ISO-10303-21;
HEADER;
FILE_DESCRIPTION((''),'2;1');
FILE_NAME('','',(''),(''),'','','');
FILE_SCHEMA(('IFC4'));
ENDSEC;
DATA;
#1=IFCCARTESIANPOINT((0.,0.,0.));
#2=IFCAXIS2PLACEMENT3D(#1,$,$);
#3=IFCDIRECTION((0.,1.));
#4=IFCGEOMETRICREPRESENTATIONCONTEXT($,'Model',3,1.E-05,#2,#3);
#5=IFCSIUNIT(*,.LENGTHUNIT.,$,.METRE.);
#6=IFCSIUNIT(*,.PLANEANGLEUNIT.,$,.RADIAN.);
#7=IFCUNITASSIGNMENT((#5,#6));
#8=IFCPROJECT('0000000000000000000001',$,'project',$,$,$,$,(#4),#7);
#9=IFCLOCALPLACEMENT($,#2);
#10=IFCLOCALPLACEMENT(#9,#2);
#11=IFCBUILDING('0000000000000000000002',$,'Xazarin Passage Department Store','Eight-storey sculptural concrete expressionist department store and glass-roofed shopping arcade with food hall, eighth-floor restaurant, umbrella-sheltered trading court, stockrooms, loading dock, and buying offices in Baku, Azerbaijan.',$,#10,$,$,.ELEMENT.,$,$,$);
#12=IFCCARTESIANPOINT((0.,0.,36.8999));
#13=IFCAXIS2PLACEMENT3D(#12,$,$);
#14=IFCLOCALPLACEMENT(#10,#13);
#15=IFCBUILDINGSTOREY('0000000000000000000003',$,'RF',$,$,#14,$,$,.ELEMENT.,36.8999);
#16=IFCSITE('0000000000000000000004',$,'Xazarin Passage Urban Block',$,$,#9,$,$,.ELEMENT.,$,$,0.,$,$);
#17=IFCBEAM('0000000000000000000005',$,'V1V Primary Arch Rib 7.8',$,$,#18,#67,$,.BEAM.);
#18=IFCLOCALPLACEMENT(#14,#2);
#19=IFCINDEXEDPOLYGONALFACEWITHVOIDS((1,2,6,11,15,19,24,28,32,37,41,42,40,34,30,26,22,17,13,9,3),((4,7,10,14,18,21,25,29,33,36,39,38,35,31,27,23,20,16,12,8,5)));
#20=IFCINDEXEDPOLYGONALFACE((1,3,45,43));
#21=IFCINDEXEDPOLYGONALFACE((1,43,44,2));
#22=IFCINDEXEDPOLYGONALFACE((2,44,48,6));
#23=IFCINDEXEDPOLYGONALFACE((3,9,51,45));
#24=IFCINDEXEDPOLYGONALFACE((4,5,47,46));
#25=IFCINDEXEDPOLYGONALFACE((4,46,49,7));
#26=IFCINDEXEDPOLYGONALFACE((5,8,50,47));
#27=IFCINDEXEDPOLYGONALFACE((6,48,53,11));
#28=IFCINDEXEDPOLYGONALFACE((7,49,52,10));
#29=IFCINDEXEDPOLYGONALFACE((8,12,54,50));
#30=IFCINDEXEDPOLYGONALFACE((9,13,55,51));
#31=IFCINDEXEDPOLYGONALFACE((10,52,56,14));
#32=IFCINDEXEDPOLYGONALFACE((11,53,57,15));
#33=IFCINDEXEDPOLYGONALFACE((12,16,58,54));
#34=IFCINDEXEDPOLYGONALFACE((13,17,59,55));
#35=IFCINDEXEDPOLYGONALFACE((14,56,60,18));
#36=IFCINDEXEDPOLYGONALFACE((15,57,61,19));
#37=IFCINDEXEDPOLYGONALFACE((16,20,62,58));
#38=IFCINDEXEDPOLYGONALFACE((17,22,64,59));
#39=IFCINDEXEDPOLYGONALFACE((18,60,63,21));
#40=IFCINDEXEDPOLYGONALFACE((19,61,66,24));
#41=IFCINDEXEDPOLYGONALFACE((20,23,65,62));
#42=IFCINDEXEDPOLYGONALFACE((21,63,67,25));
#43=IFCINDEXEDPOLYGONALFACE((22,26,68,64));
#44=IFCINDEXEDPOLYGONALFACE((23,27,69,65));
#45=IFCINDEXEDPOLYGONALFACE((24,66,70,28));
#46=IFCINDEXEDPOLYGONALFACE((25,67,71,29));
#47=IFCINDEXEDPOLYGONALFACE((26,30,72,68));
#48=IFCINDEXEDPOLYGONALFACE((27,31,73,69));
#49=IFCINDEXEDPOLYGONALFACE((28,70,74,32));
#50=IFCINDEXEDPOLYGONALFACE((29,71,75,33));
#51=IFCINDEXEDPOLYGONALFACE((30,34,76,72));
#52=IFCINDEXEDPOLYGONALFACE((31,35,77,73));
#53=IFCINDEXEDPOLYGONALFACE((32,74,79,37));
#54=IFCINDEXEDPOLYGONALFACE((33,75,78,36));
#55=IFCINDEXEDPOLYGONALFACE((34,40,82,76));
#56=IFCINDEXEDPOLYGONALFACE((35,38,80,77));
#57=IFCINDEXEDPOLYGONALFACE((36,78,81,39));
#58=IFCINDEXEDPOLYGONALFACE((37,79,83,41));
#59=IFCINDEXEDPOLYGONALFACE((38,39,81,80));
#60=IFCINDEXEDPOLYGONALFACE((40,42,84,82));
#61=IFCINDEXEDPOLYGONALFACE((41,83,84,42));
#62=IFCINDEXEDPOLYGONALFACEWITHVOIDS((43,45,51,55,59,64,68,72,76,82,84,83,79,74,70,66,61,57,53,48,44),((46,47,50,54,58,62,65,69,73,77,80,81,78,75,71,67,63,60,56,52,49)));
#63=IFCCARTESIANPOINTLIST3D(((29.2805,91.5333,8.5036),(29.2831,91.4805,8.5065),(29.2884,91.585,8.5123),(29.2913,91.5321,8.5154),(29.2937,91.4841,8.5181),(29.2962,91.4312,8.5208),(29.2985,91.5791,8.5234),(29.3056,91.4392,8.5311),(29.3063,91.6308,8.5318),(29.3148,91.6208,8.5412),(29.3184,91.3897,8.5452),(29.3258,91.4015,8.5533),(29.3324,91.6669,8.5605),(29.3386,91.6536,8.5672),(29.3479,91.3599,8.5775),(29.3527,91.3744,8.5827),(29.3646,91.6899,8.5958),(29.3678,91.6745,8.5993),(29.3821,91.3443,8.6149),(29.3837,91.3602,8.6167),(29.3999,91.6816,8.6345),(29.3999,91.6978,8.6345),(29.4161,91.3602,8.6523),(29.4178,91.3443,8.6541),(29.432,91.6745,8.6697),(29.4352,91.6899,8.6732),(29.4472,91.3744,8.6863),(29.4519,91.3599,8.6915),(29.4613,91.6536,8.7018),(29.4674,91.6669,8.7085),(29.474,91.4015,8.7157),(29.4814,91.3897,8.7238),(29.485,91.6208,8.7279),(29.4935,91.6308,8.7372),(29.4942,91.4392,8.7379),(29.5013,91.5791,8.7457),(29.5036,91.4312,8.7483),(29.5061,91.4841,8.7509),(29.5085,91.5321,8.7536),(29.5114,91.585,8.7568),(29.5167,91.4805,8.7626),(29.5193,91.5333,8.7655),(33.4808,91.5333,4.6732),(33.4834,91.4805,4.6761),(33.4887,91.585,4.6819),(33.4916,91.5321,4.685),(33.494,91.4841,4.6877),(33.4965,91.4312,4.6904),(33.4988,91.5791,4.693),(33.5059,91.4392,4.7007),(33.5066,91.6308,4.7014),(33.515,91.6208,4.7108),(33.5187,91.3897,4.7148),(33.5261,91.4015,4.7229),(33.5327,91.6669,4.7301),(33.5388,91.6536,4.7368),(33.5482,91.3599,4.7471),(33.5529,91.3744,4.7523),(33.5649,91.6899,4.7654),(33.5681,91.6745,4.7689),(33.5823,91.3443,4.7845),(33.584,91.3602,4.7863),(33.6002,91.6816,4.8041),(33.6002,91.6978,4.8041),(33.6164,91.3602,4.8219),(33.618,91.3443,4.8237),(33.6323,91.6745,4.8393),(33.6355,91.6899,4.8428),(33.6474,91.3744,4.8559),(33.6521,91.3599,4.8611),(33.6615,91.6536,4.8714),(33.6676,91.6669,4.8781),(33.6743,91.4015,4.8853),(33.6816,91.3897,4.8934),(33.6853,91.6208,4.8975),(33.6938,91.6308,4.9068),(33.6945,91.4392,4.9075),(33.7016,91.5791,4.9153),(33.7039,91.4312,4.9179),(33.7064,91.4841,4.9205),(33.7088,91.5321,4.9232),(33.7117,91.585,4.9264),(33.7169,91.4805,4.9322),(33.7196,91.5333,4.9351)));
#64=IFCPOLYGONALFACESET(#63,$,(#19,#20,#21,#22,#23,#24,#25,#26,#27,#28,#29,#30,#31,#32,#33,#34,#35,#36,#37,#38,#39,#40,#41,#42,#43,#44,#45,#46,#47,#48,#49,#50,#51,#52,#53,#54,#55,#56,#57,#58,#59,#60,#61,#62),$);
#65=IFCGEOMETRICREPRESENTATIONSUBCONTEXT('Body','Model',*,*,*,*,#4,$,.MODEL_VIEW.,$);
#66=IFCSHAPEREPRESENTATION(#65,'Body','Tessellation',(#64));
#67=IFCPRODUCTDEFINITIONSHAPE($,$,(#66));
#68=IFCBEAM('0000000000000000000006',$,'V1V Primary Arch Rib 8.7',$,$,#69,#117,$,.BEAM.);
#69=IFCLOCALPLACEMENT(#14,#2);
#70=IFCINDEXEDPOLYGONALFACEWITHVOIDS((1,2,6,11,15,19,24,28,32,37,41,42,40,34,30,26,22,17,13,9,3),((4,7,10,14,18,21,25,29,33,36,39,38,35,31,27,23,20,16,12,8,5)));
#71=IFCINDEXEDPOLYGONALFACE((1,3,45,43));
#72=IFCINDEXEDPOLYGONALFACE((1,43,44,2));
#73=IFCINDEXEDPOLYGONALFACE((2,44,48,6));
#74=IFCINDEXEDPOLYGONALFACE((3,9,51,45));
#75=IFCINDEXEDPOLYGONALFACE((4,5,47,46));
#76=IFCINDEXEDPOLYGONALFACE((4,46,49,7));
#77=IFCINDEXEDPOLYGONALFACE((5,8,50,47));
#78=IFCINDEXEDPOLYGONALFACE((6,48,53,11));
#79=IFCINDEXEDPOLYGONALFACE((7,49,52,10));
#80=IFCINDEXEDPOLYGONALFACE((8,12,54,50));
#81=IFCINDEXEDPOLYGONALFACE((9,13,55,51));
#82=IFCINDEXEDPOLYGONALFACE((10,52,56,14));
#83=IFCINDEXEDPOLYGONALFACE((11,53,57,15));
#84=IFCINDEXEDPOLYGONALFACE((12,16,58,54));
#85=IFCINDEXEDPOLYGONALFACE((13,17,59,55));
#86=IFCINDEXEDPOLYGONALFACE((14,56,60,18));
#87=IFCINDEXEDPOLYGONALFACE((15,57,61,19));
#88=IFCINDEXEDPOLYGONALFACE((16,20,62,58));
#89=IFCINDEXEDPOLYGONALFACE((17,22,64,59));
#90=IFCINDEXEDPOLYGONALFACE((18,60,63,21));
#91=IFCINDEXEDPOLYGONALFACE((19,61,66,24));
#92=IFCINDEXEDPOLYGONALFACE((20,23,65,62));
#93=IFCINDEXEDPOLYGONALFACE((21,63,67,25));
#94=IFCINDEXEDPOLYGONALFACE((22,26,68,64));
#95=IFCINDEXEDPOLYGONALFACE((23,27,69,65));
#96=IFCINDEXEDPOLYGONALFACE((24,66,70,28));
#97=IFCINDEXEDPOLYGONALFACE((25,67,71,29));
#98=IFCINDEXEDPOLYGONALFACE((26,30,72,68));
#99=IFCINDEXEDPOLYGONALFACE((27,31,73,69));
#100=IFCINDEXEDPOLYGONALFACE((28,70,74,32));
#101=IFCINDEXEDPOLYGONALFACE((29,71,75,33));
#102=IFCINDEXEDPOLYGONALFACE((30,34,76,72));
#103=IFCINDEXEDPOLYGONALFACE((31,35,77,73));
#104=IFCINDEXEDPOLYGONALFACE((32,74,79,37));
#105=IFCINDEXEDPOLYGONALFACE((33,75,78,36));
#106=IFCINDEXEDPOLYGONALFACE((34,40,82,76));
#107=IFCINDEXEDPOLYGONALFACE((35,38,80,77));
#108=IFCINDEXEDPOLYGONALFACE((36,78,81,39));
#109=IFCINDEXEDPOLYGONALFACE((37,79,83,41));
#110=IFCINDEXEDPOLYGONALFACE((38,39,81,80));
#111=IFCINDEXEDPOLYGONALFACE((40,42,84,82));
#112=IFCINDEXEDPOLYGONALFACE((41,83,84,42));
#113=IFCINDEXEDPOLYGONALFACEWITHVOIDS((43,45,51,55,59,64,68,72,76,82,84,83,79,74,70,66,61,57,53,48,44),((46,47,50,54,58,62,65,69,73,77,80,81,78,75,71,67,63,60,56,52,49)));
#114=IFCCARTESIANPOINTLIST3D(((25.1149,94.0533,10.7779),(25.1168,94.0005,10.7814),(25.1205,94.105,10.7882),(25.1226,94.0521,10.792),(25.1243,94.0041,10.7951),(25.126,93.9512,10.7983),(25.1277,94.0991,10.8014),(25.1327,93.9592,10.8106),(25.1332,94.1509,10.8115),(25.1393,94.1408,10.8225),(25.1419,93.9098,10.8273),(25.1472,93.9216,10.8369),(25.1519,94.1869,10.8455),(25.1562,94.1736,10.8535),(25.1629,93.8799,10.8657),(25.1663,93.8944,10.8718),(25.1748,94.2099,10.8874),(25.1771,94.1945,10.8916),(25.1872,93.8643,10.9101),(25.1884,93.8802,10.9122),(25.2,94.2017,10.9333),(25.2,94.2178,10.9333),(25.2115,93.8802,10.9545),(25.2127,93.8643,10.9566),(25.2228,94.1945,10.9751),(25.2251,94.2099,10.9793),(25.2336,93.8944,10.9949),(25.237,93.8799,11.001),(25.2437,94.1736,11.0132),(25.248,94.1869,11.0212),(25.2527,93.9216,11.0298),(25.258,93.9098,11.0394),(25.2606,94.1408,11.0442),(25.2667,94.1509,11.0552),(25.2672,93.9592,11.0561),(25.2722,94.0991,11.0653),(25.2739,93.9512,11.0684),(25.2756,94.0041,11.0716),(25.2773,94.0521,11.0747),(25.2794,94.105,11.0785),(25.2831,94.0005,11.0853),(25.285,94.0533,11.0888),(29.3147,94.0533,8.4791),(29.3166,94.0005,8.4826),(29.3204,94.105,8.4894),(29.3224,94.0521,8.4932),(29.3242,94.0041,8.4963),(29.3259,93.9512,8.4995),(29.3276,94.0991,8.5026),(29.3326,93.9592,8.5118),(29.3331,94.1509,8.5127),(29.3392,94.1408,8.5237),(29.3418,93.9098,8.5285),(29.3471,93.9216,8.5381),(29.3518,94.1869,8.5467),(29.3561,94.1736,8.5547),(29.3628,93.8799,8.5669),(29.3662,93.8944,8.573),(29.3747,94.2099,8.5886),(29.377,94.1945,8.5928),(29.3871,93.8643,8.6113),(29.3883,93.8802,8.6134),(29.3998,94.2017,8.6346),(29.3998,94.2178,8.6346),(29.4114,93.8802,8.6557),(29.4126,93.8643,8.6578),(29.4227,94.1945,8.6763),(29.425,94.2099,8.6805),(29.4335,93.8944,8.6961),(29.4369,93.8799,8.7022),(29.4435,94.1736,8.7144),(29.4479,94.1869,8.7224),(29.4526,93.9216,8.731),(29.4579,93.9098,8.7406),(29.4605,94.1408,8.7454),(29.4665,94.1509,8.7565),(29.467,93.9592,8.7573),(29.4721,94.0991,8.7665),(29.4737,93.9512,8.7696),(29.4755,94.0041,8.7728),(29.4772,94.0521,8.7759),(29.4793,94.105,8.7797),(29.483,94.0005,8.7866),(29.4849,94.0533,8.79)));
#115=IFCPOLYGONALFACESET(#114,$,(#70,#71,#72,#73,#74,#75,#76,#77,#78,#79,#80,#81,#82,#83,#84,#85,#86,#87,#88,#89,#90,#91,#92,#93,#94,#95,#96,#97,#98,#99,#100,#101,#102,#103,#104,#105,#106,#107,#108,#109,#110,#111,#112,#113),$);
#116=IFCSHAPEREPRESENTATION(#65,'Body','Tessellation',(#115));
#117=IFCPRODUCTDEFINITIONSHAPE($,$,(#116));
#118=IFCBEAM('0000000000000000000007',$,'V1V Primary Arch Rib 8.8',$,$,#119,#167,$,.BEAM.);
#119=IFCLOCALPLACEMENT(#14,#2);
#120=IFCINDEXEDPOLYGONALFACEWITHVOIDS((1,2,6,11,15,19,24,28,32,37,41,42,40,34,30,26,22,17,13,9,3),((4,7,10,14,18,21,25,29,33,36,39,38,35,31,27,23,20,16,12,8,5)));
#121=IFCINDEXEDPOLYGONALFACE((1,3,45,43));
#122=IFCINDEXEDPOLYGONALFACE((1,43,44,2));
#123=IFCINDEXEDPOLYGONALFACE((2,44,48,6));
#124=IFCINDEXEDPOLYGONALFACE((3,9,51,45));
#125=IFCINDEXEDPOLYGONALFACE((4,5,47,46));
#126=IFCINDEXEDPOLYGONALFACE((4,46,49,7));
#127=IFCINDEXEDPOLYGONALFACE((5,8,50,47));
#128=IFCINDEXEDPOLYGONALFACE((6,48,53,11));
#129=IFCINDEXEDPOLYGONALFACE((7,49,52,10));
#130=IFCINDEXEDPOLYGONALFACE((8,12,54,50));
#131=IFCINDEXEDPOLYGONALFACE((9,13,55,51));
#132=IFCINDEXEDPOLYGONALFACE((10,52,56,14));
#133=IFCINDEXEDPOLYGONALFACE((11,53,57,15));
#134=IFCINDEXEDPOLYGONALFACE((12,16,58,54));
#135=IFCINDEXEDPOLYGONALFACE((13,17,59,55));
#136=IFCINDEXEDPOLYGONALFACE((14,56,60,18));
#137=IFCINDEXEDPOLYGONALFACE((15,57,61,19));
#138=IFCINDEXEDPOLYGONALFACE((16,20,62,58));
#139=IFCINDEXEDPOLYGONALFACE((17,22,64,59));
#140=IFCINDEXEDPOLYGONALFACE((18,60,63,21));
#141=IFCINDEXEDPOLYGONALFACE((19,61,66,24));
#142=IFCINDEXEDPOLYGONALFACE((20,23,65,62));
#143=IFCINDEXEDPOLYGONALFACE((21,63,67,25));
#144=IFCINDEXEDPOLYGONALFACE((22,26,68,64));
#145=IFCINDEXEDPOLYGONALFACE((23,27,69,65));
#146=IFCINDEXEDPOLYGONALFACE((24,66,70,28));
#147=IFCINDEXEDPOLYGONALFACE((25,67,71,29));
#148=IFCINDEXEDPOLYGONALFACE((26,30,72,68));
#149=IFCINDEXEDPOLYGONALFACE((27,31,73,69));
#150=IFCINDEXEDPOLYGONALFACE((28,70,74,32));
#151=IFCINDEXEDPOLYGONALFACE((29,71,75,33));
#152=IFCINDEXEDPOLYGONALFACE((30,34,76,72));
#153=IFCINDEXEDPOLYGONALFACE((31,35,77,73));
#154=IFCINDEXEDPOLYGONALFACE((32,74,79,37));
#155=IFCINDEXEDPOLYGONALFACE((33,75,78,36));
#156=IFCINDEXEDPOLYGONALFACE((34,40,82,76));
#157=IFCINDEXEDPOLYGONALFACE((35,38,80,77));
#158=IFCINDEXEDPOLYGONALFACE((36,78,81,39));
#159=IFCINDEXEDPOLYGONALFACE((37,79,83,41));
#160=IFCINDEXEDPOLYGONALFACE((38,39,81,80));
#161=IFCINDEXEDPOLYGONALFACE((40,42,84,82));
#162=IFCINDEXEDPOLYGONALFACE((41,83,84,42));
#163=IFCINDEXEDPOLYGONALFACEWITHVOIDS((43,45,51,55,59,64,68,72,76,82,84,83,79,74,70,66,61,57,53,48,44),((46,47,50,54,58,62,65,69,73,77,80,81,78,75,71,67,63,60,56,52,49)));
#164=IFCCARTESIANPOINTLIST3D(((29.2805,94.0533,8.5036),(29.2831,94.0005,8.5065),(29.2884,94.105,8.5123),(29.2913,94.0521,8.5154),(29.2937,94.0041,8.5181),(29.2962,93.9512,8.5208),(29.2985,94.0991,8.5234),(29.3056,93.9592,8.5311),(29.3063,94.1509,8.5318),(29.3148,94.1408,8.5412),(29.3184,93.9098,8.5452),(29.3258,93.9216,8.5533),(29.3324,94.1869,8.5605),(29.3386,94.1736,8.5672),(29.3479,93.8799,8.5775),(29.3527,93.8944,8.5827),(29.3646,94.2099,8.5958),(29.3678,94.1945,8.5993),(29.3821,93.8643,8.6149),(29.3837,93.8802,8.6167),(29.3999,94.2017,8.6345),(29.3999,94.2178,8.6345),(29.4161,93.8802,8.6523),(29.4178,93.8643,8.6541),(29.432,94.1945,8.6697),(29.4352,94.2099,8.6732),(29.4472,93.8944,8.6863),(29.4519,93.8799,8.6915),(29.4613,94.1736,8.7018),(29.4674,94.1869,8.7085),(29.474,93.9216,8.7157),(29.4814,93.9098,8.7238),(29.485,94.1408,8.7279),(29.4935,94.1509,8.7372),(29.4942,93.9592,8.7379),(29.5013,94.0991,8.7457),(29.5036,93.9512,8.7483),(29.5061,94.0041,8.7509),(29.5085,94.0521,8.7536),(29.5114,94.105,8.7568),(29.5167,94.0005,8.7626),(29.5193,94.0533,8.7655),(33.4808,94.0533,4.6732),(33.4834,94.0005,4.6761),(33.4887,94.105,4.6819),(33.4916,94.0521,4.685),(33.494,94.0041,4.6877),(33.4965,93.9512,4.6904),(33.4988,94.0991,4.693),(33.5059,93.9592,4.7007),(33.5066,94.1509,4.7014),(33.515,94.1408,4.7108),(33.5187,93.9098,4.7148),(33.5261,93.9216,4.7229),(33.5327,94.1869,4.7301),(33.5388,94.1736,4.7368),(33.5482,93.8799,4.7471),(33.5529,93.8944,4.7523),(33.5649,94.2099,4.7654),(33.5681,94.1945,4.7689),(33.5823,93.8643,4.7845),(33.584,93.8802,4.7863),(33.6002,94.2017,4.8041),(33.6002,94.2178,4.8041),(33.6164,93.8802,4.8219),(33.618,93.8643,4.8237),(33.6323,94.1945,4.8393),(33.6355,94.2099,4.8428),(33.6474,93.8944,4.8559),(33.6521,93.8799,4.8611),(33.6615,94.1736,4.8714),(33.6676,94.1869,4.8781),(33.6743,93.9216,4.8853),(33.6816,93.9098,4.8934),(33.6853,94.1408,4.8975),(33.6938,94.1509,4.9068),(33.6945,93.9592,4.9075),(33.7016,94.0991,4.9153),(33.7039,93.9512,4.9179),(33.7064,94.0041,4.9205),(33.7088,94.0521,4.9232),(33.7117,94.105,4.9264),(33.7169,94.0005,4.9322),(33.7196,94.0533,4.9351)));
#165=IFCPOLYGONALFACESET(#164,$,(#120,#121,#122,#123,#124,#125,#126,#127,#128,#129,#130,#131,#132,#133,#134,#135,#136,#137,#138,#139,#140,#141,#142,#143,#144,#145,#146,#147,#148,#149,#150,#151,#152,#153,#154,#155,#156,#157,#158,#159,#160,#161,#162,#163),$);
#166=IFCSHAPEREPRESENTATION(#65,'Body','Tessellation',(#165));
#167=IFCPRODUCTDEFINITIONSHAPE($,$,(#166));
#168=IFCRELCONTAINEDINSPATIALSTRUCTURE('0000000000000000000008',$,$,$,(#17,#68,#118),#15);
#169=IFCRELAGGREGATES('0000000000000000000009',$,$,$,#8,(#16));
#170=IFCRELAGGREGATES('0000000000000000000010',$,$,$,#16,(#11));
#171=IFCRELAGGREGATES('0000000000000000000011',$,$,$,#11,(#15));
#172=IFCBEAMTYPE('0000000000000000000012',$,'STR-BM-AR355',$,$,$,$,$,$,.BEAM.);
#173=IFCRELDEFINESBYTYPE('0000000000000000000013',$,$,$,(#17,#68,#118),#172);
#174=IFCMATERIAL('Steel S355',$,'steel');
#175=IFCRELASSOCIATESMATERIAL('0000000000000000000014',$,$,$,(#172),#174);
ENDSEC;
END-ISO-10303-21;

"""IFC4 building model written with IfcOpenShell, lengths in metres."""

from ifc_helpers import new_model, si_unit, direction, frame, origin, origin_2d, place, context, subcontext, project, spatial, hollow_circle, extrude, material, material_profile, profile_set, type_object, element, save


model = new_model("IFC4")

# Units and contexts
model_context = context("Model", 3, precision=1e-05, world=origin(), true_north=direction((0.0, 1.0)))
body_context = subcontext(model_context, "Body", "Model", "MODEL_VIEW")
ifc_project = project(units=[si_unit("LENGTHUNIT", "METRE"), si_unit("PLANEANGLEUNIT", "RADIAN")], contexts=[model_context])

# Site, building, storey
site_placement = place(None, origin())
site = spatial("IfcSite", under=ifc_project, at=site_placement, Name="Xazarin Passage Urban Block", CompositionType="ELEMENT", RefElevation=0.0)
building_placement = place(site_placement, origin())
building = spatial("IfcBuilding", under=site, at=building_placement, Name="Xazarin Passage Department Store", Description="Eight-storey sculptural concrete expressionist department store and glass-roofed shopping arcade with food hall, eighth-floor restaurant, umbrella-sheltered trading court, stockrooms, loading dock, and buying offices in Baku, Azerbaijan.", CompositionType="ELEMENT")
storey_placement = place(building_placement, frame((0.0, 0.0, 36.8999)))
storey = spatial("IfcBuildingStorey", under=building, at=storey_placement, Name="RF", CompositionType="ELEMENT", Elevation=36.8999)

# Beams
ifc_material_1 = material(Name="Steel S355", Category="steel")
ifc_material_profile_1 = material_profile(ifc_material_1, hollow_circle(Radius=0.1777, WallThickness=0.0161, at=origin_2d()), Name="CHS 355.6x16")
ifc_profile_set_1 = profile_set([ifc_material_profile_1], Name="Steel S355")
beam_type_1 = type_object("IfcBeamType", Name="STR-BM-AR355", PredefinedType="BEAM", material=ifc_profile_set_1)
beam_1_placement = place(storey_placement, frame((29.3999, 91.52, 8.6345), z_axis=(0.738892, 0.0, -0.673824), x_axis=(0.0, 1.0, 0.0)))
element("IfcBeam", 1, at=beam_1_placement, inside=storey, type_object=beam_type_1, Name="V1V Primary Arch Rib 7.8", PredefinedType="BEAM", context=body_context, shape_type="SweptSolid", body=[
    extrude(hollow_circle(Radius=0.1777, WallThickness=0.0161, at=origin_2d()), origin(), (0.0, 0.0, 1.0), 5.6846),
])
beam_2_placement = place(storey_placement, frame((25.2, 94.04, 10.9333), z_axis=(0.877197, 0.0, -0.480131), x_axis=(0.0, 1.0, 0.0)))
element("IfcBeam", 2, at=beam_2_placement, inside=storey, type_object=beam_type_1, Name="V1V Primary Arch Rib 8.7", PredefinedType="BEAM", context=body_context, shape_type="SweptSolid", body=[
    extrude(hollow_circle(Radius=0.1777, WallThickness=0.0161, at=origin_2d()), origin(), (0.0, 0.0, 1.0), 4.7878),
])
beam_3_placement = place(storey_placement, frame((29.3999, 94.04, 8.6345), z_axis=(0.738892, 0.0, -0.673824), x_axis=(0.0, 1.0, 0.0)))
element("IfcBeam", 3, at=beam_3_placement, inside=storey, type_object=beam_type_1, Name="V1V Primary Arch Rib 8.8", PredefinedType="BEAM", context=body_context, shape_type="SweptSolid", body=[
    extrude(hollow_circle(Radius=0.1777, WallThickness=0.0161, at=origin_2d()), origin(), (0.0, 0.0, 1.0), 5.6846),
])

save(model, "model.ifc")
